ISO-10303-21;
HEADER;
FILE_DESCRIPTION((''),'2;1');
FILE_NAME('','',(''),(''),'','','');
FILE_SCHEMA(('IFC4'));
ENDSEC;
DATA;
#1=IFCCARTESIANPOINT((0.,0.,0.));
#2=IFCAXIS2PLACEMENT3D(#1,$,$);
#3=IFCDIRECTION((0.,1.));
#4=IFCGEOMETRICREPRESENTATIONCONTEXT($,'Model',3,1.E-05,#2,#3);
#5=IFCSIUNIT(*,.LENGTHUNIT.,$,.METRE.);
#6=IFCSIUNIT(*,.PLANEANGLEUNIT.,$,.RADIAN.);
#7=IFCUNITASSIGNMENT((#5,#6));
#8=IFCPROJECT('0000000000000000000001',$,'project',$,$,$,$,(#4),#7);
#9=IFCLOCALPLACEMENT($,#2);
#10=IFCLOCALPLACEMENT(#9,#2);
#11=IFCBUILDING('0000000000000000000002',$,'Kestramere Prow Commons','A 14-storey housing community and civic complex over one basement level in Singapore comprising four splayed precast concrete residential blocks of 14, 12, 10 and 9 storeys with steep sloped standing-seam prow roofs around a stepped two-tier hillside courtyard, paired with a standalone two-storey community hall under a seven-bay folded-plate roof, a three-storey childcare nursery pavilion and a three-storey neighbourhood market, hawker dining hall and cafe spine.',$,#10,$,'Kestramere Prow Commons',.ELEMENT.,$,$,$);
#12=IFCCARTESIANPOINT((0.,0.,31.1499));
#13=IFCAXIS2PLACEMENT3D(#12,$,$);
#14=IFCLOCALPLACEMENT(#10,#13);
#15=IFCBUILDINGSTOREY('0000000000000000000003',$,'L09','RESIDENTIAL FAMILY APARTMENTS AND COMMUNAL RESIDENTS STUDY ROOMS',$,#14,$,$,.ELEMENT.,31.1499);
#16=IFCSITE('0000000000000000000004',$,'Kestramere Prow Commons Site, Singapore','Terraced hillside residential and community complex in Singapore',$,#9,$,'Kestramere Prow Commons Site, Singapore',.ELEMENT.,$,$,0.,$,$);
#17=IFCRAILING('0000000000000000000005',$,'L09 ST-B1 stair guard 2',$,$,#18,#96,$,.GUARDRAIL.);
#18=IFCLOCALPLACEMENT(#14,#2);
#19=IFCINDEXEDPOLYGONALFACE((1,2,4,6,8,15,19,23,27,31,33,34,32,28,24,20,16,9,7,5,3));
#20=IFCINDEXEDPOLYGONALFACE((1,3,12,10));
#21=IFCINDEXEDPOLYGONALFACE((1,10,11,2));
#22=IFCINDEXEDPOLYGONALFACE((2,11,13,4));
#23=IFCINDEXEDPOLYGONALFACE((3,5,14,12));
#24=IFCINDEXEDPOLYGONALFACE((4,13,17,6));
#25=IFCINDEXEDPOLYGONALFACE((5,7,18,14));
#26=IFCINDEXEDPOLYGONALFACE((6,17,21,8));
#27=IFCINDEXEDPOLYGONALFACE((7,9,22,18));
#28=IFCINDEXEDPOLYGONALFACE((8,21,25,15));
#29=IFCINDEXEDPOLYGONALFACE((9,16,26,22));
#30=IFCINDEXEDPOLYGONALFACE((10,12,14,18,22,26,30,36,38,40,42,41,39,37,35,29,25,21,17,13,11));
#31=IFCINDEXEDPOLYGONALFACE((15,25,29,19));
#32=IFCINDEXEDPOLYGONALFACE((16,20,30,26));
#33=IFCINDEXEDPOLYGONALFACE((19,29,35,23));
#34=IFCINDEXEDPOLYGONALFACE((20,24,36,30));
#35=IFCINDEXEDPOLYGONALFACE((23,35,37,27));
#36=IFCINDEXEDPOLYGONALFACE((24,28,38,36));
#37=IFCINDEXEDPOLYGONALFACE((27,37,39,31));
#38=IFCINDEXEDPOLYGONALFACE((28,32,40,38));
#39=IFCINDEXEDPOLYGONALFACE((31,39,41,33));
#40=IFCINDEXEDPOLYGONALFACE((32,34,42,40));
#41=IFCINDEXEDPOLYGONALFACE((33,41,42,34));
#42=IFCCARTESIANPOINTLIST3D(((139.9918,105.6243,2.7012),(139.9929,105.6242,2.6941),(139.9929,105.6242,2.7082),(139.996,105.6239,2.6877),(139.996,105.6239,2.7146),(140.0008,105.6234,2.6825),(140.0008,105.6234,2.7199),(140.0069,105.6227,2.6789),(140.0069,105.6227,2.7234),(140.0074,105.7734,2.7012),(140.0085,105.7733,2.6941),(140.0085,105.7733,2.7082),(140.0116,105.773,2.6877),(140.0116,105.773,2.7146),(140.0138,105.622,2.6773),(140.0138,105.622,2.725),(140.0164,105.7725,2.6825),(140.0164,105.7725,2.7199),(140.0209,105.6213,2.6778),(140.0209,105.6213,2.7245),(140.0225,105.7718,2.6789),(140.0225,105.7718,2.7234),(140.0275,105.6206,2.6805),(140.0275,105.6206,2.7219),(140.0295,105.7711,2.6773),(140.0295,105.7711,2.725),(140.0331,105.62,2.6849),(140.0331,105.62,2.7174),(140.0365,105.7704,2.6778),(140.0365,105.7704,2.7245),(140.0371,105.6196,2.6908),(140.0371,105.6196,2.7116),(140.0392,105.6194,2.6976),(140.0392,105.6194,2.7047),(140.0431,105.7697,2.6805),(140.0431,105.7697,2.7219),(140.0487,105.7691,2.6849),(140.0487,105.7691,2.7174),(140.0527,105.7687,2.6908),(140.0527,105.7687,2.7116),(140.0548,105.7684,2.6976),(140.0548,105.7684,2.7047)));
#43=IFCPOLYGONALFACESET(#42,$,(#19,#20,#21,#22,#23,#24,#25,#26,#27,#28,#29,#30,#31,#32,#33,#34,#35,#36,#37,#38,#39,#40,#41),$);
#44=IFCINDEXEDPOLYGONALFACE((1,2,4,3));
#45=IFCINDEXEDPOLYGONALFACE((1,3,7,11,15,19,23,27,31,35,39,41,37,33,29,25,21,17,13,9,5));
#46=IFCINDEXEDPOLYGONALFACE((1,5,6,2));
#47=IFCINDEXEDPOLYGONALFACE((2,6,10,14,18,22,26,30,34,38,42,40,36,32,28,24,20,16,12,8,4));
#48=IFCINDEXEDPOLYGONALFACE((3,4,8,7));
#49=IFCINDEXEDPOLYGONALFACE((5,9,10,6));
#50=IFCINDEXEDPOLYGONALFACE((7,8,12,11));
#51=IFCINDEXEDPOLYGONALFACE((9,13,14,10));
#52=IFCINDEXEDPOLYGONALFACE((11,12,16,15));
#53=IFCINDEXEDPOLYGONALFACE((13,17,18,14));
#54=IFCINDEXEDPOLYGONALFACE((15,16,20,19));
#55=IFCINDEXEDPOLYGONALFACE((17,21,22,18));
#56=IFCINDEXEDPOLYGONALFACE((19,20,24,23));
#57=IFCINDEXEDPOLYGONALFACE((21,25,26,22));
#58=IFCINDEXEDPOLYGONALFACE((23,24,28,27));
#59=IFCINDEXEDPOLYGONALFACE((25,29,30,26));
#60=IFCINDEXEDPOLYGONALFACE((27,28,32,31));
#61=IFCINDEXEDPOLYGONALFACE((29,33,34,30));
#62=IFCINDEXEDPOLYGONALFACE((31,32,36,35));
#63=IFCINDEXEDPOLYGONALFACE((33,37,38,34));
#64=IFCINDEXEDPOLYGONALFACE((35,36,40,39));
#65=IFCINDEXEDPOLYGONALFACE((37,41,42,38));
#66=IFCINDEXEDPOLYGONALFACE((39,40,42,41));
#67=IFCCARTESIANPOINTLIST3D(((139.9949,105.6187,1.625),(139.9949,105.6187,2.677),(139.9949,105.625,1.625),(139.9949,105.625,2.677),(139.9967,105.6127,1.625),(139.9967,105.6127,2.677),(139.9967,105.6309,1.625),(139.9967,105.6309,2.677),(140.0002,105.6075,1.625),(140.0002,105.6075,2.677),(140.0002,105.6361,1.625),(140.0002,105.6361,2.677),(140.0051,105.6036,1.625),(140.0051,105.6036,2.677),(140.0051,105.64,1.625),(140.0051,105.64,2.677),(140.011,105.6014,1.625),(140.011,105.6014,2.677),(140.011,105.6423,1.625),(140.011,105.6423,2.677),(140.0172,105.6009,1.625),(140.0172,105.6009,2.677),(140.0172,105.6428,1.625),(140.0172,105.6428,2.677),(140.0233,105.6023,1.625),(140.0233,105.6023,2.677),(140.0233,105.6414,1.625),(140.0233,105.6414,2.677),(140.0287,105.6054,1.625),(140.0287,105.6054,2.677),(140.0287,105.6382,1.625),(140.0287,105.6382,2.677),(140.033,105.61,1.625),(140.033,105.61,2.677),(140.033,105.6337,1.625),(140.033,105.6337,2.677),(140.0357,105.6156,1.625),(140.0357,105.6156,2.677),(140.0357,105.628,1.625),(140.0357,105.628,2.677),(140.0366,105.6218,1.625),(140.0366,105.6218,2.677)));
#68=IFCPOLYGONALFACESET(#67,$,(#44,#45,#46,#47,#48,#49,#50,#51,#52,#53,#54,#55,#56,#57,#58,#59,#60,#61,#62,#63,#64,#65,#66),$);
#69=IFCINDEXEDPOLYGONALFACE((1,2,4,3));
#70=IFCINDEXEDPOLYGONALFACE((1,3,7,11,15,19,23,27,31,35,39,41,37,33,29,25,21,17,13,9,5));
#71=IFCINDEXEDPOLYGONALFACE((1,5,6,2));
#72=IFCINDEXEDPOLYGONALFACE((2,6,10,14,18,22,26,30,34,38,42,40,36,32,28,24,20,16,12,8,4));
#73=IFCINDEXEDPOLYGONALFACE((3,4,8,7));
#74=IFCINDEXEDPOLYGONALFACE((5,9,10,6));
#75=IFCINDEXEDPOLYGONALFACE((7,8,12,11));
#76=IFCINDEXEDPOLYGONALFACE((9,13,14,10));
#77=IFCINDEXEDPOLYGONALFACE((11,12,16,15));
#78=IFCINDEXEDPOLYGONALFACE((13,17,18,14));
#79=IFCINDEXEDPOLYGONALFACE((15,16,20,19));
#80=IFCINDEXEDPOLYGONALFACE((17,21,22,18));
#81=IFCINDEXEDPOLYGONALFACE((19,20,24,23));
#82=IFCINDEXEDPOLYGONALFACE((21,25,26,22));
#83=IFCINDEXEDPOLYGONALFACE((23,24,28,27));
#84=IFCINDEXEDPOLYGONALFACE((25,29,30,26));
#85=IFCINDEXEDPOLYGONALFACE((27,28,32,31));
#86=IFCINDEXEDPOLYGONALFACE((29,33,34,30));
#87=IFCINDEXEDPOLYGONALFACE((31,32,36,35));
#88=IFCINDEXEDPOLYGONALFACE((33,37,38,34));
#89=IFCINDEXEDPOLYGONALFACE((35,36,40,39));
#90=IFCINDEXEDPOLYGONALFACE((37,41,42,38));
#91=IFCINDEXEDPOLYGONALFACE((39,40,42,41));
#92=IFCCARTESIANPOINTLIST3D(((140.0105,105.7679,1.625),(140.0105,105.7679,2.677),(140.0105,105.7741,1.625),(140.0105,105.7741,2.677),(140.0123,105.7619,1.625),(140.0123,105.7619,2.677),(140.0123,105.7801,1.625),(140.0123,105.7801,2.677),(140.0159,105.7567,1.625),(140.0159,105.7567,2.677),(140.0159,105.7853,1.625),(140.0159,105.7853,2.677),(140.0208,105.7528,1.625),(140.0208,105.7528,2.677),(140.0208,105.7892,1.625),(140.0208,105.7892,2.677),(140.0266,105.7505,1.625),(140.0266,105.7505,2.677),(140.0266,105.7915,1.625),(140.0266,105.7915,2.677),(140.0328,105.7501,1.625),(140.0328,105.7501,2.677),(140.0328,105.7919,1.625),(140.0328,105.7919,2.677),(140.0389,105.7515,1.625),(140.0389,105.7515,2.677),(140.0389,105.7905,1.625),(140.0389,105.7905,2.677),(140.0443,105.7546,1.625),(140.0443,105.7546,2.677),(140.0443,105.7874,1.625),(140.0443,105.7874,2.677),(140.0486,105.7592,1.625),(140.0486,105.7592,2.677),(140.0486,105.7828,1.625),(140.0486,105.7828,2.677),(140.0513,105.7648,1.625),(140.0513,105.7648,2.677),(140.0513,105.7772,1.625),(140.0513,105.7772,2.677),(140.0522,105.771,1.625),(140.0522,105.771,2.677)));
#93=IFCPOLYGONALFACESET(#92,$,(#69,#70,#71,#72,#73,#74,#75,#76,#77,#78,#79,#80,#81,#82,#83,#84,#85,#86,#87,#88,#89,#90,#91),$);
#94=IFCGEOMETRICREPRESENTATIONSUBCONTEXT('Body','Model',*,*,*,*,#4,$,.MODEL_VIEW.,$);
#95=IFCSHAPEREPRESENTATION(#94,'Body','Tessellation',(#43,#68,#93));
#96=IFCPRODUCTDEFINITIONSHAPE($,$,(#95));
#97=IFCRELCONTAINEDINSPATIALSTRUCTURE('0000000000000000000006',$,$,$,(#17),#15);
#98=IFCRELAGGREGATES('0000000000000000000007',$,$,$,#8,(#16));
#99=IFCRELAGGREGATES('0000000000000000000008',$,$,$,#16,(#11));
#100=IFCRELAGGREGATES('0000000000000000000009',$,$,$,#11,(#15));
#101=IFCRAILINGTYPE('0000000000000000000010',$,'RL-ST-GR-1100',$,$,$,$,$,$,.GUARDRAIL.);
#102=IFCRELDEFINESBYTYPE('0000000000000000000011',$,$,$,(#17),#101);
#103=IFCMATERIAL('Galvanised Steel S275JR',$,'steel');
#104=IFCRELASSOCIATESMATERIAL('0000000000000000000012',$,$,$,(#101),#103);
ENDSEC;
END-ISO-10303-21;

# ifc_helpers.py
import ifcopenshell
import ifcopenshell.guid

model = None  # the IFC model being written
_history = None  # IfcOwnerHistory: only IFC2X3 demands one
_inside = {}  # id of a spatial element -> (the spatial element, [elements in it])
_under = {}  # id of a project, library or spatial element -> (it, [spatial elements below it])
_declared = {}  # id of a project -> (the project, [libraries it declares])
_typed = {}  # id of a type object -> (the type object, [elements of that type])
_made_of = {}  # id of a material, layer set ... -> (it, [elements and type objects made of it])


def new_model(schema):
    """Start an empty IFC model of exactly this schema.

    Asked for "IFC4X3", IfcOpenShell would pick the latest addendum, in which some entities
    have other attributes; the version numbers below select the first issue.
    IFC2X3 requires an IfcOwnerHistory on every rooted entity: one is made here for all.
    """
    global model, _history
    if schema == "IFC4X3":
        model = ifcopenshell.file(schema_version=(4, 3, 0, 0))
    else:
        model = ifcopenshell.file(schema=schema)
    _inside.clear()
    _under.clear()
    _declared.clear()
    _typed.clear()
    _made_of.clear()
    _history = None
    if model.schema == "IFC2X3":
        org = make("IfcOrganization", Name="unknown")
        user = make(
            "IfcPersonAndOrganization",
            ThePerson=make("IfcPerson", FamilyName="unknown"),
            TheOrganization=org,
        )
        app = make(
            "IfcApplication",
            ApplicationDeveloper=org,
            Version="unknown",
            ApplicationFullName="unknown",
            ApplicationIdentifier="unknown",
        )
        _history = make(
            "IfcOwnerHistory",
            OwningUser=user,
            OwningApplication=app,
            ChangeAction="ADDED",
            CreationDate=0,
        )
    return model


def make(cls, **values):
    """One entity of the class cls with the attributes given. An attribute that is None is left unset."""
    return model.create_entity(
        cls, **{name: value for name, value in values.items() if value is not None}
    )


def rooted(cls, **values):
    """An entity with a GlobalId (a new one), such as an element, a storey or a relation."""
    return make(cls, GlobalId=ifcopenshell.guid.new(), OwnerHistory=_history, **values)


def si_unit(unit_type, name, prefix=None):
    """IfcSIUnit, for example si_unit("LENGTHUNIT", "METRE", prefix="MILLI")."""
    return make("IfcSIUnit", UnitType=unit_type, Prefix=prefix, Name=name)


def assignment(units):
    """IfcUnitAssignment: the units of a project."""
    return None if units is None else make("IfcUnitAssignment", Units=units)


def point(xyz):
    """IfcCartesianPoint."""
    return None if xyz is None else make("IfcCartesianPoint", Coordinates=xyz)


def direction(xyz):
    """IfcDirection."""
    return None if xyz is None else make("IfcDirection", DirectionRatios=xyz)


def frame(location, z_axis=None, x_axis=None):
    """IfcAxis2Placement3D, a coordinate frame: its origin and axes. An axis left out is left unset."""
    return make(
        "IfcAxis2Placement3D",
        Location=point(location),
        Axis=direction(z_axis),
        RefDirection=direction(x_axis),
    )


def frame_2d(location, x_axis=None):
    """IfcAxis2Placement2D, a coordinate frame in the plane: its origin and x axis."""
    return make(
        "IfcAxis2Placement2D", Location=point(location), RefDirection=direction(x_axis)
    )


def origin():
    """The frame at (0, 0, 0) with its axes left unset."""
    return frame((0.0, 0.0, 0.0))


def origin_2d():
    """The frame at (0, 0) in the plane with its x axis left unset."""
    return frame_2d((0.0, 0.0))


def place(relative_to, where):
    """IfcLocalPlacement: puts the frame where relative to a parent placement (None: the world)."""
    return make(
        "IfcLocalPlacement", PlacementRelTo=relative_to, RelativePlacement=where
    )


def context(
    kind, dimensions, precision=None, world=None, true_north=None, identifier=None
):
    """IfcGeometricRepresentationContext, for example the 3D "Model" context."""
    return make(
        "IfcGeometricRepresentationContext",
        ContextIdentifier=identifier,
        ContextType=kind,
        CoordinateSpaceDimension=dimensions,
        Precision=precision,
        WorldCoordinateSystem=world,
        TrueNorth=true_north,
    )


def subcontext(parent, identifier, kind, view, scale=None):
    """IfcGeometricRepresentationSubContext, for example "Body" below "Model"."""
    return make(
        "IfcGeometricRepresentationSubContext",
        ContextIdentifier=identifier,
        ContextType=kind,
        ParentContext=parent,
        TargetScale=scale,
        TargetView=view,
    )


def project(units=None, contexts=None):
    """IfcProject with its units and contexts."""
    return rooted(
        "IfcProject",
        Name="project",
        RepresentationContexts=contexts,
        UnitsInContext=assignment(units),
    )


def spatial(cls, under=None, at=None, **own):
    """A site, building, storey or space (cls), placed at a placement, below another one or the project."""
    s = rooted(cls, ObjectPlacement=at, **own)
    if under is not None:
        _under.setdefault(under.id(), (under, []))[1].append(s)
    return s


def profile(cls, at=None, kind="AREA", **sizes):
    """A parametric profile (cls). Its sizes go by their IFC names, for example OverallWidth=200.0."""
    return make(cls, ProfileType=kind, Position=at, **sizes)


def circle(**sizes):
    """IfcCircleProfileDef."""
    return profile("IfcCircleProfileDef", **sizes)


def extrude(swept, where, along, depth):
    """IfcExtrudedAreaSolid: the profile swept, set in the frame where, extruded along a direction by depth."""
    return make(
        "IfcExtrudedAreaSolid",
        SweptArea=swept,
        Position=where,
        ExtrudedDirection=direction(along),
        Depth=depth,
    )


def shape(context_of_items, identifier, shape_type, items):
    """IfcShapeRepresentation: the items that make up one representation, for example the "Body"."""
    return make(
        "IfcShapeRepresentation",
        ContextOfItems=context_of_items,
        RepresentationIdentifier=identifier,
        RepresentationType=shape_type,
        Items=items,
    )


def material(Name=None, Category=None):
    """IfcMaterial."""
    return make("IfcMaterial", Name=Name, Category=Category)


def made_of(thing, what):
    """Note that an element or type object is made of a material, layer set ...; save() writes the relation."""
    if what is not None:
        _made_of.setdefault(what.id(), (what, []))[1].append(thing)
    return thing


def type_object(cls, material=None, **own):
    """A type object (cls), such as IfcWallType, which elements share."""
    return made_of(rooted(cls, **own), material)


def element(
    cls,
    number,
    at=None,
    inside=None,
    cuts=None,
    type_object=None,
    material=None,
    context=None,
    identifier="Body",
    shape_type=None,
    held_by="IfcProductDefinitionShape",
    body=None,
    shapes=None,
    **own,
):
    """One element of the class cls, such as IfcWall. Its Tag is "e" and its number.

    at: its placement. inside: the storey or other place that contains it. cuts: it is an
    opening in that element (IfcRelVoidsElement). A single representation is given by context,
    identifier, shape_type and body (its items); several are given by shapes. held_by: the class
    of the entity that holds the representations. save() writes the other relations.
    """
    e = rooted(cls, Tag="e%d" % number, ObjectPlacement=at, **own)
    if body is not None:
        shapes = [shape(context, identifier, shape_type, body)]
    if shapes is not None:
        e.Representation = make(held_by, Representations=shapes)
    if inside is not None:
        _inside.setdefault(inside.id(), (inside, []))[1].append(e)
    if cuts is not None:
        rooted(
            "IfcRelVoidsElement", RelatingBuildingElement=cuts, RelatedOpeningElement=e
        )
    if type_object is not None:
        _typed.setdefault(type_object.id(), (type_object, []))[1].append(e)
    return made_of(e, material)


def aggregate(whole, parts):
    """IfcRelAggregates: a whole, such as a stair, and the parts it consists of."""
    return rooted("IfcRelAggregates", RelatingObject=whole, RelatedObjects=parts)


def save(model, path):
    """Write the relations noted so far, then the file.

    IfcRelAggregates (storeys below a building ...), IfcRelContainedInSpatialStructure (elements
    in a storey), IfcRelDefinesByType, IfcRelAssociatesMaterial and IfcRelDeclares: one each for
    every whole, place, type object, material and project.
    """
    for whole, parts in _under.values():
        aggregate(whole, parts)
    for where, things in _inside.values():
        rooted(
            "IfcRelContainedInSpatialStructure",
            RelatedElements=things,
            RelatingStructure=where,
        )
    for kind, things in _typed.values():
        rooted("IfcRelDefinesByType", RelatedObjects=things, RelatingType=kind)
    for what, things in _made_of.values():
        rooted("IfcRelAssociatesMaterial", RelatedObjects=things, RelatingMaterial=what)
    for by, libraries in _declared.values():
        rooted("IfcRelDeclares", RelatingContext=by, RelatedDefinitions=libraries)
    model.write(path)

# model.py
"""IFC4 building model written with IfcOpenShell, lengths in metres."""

from ifc_helpers import new_model, si_unit, direction, frame, origin, origin_2d, place, context, subcontext, project, spatial, circle, extrude, material, type_object, element, save


model = new_model("IFC4")

# Units and contexts
model_context = context("Model", 3, precision=1e-05, world=origin(), true_north=direction((0.0, 1.0)))
body_context = subcontext(model_context, "Body", "Model", "MODEL_VIEW")
ifc_project = project(units=[si_unit("LENGTHUNIT", "METRE"), si_unit("PLANEANGLEUNIT", "RADIAN")], contexts=[model_context])

# Site, building, storey
site_placement = place(None, origin())
site = spatial("IfcSite", under=ifc_project, at=site_placement, Name="Kestramere Prow Commons Site, Singapore", Description="Terraced hillside residential and community complex in Singapore", LongName="Kestramere Prow Commons Site, Singapore", CompositionType="ELEMENT", RefElevation=0.0)
building_placement = place(site_placement, origin())
building = spatial("IfcBuilding", under=site, at=building_placement, Name="Kestramere Prow Commons", Description="A 14-storey housing community and civic complex over one basement level in Singapore comprising four splayed precast concrete residential blocks of 14, 12, 10 and 9 storeys with steep sloped standing-seam prow roofs around a stepped two-tier hillside courtyard, paired with a standalone two-storey community hall under a seven-bay folded-plate roof, a three-storey childcare nursery pavilion and a three-storey neighbourhood market, hawker dining hall and cafe spine.", LongName="Kestramere Prow Commons", CompositionType="ELEMENT")
storey_placement = place(building_placement, frame((0.0, 0.0, 31.1499)))
storey = spatial("IfcBuildingStorey", under=building, at=storey_placement, Name="L09", Description="RESIDENTIAL FAMILY APARTMENTS AND COMMUNAL RESIDENTS STUDY ROOMS", CompositionType="ELEMENT", Elevation=31.1499)

# Railing
ifc_material_1 = material(Name="Galvanised Steel S275JR", Category="steel")
railing_type_1 = type_object("IfcRailingType", Name="RL-ST-GR-1100", PredefinedType="GUARDRAIL", material=ifc_material_1)
railing_1_placement = place(storey_placement, frame((140.0156, 105.6218, 1.625)))
element("IfcRailing", 1, at=railing_1_placement, inside=storey, type_object=railing_type_1, Name="L09 ST-B1 stair guard 2", PredefinedType="GUARDRAIL", context=body_context, shape_type="SweptSolid", body=[
    extrude(circle(Radius=0.0239, at=origin_2d()), frame((0.0, 0.0, 1.0762), z_axis=(0.104176, 0.994559, 0.0), x_axis=(-0.994559, 0.104176, 0.0)), (0.0, 0.0, 1.0), 0.1499),
    extrude(circle(Radius=0.021, at=origin_2d()), origin(), (0.0, 0.0, 1.0), 1.052),
    extrude(circle(Radius=0.021, at=origin_2d()), frame((0.0156, 0.1492, 0.0)), (0.0, 0.0, 1.0), 1.052),
])

save(model, "model.ifc")
